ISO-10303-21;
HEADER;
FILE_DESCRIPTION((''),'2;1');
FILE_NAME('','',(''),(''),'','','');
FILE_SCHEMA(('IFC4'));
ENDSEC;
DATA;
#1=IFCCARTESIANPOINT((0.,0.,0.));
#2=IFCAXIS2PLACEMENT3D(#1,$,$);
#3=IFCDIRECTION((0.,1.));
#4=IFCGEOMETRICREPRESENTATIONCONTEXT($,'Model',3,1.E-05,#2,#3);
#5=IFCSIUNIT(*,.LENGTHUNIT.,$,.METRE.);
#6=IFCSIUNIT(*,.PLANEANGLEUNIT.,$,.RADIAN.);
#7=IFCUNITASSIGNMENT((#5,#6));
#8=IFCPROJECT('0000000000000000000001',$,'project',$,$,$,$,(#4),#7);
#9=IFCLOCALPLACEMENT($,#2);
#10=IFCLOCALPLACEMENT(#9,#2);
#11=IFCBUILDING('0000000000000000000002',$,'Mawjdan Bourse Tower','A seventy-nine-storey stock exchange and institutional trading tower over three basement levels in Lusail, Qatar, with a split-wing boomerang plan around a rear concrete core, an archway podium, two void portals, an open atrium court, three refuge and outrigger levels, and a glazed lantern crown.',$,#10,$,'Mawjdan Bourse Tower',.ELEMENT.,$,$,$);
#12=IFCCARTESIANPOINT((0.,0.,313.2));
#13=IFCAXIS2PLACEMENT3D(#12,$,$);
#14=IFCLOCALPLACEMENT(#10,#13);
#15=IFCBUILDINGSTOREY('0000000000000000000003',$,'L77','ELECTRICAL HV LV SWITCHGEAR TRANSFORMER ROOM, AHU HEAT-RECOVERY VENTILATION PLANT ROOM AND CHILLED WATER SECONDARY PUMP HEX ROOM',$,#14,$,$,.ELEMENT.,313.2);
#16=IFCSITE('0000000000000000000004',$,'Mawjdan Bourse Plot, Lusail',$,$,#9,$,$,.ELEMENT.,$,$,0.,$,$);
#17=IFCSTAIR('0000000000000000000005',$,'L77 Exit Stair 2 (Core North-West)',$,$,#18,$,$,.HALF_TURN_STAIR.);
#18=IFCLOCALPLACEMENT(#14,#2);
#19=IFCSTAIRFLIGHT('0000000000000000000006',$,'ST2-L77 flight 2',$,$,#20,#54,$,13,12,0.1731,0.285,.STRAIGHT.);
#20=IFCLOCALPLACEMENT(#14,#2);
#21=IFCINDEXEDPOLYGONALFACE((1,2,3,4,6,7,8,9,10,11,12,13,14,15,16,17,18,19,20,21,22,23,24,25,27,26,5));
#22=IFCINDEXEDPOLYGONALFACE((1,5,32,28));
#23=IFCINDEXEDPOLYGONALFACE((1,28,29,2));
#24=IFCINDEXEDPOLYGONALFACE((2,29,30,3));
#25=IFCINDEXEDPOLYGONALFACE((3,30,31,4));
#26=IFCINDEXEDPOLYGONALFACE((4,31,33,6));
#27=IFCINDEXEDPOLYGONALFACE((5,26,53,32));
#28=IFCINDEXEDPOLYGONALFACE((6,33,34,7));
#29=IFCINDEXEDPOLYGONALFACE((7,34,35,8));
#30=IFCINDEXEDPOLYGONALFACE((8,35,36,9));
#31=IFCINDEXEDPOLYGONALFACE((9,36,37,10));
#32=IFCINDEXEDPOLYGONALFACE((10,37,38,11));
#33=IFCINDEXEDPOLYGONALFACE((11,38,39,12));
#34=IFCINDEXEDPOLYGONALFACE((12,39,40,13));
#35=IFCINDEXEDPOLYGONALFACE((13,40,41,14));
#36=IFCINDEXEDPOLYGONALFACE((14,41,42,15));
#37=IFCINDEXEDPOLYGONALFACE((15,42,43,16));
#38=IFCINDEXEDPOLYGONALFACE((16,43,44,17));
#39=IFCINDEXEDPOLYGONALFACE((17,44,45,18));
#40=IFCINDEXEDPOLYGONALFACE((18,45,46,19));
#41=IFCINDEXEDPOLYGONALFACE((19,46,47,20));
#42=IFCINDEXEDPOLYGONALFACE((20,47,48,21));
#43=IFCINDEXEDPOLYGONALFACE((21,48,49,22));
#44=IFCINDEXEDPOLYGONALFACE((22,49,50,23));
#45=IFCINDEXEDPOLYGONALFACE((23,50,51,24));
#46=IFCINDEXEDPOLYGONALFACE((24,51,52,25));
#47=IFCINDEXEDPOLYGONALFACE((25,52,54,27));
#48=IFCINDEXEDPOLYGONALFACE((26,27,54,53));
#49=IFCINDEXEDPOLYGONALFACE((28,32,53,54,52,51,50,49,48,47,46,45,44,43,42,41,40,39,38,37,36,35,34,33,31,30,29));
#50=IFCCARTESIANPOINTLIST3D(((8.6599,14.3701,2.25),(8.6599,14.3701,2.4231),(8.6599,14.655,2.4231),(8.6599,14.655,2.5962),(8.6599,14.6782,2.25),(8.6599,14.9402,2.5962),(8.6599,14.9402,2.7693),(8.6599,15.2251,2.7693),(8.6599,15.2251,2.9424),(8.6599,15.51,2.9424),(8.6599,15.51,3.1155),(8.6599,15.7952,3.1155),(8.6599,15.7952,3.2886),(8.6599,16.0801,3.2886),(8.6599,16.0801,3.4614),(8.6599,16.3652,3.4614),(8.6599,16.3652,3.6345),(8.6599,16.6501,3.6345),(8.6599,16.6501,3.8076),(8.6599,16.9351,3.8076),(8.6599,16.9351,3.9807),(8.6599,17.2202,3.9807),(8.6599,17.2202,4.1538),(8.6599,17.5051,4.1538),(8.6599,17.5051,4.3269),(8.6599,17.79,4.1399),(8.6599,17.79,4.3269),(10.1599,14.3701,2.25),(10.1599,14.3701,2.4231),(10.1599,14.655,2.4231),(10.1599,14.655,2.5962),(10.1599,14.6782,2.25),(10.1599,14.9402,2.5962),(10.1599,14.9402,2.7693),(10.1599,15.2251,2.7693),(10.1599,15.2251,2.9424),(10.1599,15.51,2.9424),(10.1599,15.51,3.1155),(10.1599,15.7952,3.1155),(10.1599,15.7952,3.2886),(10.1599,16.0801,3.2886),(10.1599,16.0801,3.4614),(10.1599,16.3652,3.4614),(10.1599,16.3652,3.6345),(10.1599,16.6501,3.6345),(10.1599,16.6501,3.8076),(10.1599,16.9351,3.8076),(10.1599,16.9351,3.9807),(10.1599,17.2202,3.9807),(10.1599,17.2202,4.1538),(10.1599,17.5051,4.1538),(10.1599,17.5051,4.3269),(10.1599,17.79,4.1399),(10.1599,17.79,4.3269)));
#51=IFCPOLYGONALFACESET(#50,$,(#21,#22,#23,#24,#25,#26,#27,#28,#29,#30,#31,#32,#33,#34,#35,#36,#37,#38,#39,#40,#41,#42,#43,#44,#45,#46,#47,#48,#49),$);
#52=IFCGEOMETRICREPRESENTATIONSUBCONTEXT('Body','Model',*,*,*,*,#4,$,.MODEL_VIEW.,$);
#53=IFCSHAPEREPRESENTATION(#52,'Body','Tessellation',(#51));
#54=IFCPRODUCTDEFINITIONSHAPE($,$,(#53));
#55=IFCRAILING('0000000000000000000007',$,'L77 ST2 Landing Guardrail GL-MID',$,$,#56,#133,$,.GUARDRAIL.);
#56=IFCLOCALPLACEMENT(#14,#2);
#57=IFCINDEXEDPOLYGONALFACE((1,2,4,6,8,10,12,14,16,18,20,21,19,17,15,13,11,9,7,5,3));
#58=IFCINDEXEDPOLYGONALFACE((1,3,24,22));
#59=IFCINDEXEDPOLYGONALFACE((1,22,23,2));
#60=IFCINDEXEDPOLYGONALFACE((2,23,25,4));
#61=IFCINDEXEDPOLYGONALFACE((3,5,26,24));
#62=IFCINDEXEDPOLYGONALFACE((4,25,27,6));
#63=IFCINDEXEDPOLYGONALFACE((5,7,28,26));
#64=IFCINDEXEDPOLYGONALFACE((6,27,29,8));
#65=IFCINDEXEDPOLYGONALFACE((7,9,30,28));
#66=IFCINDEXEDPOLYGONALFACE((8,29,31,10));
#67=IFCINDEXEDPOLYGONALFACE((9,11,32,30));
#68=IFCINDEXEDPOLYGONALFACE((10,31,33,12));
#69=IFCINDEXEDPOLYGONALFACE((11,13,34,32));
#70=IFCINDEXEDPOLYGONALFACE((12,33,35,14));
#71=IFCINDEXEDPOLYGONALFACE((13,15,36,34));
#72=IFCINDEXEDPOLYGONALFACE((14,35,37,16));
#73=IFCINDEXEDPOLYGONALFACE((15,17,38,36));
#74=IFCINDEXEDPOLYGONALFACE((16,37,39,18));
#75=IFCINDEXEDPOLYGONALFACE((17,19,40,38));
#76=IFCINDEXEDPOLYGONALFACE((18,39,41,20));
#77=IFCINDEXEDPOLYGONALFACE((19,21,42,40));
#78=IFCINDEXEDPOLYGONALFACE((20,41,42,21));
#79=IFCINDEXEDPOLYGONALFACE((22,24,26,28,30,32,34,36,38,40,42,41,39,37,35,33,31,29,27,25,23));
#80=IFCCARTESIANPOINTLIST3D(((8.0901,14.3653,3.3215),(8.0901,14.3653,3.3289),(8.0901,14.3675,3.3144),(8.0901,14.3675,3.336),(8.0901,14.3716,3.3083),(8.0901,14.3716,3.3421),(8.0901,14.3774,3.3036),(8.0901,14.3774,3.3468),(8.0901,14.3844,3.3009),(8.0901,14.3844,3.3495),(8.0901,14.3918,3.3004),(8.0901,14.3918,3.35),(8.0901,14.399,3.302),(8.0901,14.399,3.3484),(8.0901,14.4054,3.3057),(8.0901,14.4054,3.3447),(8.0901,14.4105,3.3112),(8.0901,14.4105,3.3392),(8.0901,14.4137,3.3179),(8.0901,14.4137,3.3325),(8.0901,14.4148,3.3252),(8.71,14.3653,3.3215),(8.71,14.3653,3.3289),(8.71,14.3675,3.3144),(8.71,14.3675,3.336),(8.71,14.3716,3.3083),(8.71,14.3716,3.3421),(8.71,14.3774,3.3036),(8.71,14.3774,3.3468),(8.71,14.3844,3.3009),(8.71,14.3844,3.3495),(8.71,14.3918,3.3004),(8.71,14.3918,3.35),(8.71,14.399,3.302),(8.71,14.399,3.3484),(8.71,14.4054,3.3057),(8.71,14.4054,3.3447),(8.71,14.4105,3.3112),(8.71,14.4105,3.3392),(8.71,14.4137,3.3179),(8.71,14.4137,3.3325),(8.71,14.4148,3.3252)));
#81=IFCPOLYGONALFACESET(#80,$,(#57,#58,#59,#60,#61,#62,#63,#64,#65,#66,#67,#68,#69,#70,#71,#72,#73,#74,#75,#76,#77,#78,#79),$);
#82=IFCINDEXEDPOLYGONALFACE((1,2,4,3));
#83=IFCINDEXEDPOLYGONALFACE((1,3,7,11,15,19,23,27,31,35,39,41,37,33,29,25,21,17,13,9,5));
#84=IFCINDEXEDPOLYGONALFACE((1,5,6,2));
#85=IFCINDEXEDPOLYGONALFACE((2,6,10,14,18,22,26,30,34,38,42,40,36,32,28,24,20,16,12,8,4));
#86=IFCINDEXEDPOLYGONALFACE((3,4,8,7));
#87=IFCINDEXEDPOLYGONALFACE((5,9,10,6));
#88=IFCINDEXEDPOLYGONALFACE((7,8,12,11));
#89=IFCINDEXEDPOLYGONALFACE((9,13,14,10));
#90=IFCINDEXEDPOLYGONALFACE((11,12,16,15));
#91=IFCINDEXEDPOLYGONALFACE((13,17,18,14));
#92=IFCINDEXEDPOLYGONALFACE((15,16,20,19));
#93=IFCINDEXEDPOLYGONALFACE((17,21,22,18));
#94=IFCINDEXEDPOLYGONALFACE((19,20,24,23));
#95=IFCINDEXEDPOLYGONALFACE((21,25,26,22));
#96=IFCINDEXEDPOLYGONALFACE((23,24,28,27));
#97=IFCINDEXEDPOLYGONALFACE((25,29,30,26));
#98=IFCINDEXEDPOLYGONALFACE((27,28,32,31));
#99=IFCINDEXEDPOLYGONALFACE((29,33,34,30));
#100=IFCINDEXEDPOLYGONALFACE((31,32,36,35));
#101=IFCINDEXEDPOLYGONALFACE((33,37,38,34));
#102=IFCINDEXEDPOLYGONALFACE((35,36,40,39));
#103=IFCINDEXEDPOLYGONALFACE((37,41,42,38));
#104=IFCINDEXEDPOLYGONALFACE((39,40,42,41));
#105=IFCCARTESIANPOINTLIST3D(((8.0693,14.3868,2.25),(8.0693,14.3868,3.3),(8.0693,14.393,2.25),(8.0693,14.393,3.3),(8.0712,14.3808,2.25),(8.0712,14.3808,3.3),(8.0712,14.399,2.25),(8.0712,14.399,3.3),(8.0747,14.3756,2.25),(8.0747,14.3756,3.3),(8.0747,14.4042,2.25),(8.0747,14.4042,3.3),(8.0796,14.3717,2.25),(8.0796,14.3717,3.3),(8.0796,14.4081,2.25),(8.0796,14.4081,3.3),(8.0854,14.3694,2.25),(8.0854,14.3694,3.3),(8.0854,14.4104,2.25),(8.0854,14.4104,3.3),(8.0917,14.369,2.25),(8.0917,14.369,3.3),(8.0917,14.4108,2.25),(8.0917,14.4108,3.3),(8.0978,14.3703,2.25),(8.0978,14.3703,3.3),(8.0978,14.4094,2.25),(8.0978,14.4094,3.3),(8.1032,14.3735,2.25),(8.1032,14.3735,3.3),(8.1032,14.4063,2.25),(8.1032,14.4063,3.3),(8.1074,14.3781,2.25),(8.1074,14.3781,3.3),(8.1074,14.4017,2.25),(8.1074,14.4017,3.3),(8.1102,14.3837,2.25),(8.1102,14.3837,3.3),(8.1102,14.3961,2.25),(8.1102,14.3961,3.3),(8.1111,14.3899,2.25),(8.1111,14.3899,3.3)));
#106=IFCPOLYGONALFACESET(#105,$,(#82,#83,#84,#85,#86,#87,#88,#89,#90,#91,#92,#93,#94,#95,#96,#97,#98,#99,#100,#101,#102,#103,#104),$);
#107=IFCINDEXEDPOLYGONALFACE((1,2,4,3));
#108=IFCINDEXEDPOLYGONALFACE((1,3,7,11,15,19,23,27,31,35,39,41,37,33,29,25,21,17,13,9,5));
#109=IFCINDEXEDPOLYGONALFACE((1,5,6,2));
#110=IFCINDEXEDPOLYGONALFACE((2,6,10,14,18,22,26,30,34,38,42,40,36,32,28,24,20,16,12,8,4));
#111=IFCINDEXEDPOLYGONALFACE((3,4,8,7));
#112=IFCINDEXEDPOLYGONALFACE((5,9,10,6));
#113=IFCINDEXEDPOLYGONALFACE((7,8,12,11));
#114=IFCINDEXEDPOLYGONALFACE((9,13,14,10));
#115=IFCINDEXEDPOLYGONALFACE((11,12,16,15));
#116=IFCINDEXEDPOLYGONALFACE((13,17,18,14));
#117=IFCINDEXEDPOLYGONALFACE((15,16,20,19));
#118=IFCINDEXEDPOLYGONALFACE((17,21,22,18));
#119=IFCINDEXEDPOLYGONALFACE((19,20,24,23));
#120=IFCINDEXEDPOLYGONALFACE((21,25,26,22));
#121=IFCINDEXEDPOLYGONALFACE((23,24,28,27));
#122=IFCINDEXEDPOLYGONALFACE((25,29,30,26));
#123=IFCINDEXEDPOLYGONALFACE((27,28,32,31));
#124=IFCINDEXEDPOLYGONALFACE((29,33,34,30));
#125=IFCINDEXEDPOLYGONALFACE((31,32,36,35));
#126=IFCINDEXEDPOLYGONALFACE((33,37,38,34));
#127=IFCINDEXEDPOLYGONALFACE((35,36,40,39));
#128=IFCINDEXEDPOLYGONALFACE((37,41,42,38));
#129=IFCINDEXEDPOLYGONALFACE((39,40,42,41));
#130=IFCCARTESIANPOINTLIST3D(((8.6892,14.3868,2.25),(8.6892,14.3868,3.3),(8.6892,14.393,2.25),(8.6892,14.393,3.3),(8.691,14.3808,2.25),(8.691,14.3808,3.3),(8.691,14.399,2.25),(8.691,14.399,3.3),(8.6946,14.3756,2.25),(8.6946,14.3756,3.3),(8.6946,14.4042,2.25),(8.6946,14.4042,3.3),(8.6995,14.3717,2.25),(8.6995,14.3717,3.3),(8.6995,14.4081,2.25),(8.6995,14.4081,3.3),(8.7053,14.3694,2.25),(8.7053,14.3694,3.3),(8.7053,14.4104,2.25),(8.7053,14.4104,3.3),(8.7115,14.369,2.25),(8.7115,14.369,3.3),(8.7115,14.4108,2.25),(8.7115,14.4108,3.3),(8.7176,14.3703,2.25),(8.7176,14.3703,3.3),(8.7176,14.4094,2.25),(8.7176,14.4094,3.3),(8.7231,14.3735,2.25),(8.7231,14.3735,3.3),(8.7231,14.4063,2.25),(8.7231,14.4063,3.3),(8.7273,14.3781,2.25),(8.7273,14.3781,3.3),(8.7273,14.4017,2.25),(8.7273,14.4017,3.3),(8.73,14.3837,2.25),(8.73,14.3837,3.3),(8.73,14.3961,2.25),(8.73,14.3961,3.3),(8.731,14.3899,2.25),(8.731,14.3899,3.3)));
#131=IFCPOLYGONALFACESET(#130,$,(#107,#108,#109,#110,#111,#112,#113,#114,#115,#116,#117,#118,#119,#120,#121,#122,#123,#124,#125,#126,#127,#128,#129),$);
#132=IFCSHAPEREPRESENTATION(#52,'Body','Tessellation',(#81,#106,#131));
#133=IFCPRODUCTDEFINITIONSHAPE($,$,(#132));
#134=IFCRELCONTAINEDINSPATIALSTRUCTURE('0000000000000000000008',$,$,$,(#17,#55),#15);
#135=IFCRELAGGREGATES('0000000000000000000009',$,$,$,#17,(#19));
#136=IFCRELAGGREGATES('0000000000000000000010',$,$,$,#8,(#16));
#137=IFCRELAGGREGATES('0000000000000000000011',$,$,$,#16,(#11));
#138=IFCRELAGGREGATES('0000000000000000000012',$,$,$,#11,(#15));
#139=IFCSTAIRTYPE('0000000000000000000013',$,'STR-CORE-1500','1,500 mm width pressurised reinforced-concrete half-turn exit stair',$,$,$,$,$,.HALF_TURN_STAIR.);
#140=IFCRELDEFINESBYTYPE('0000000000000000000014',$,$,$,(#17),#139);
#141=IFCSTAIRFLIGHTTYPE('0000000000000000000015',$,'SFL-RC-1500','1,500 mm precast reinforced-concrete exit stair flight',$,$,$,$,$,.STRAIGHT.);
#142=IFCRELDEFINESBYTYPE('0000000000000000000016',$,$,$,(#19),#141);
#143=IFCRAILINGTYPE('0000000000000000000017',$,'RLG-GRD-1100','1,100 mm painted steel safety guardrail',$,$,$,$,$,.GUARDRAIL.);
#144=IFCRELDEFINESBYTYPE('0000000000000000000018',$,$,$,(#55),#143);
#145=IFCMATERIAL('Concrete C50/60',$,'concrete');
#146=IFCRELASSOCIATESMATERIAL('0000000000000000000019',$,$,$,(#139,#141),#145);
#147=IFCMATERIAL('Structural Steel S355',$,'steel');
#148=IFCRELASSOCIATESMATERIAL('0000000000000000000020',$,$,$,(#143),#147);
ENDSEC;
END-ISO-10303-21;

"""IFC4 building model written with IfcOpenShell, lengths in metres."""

from ifc_helpers import new_model, si_unit, direction, frame, origin, origin_2d, place, context, subcontext, project, spatial, polyline, circle, outline, extrude, material, type_object, element, aggregate, save


model = new_model("IFC4")

# Units and contexts
model_context = context("Model", 3, precision=1e-05, world=origin(), true_north=direction((0.0, 1.0)))
body_context = subcontext(model_context, "Body", "Model", "MODEL_VIEW")
ifc_project = project(units=[si_unit("LENGTHUNIT", "METRE"), si_unit("PLANEANGLEUNIT", "RADIAN")], contexts=[model_context])

# Site, building, storey
site_placement = place(None, origin())
site = spatial("IfcSite", under=ifc_project, at=site_placement, Name="Mawjdan Bourse Plot, Lusail", CompositionType="ELEMENT", RefElevation=0.0)
building_placement = place(site_placement, origin())
building = spatial("IfcBuilding", under=site, at=building_placement, Name="Mawjdan Bourse Tower", Description="A seventy-nine-storey stock exchange and institutional trading tower over three basement levels in Lusail, Qatar, with a split-wing boomerang plan around a rear concrete core, an archway podium, two void portals, an open atrium court, three refuge and outrigger levels, and a glazed lantern crown.", LongName="Mawjdan Bourse Tower", CompositionType="ELEMENT")
storey_placement = place(building_placement, frame((0.0, 0.0, 313.2)))
storey = spatial("IfcBuildingStorey", under=building, at=storey_placement, Name="L77", Description="ELECTRICAL HV LV SWITCHGEAR TRANSFORMER ROOM, AHU HEAT-RECOVERY VENTILATION PLANT ROOM AND CHILLED WATER SECONDARY PUMP HEX ROOM", CompositionType="ELEMENT", Elevation=313.2)

# Shared definitions
ifc_material_1 = material(Name="Structural Steel S355", Category="steel")

# Shared definitions
ifc_material_2 = material(Name="Concrete C50/60", Category="concrete")

# Stair, stair flight
stair_type = type_object("IfcStairType", Name="STR-CORE-1500", Description="1,500 mm width pressurised reinforced-concrete half-turn exit stair", PredefinedType="HALF_TURN_STAIR", material=ifc_material_2)
stair_placement = place(storey_placement, origin())
stair = element("IfcStair", 1, at=stair_placement, inside=storey, type_object=stair_type, Name="L77 Exit Stair 2 (Core North-West)", PredefinedType="HALF_TURN_STAIR")
stair_flight_type = type_object("IfcStairFlightType", Name="SFL-RC-1500", Description="1,500 mm precast reinforced-concrete exit stair flight", PredefinedType="STRAIGHT", material=ifc_material_2)
stair_flight_placement = place(storey_placement, frame((9.4099, 14.3701, 2.25), z_axis=(0.0, 0.0, 1.0), x_axis=(0.0, 1.0, 0.0)))
stair_flight = element("IfcStairFlight", 2, at=stair_flight_placement, type_object=stair_flight_type, Name="ST2-L77 flight 2", NumberOfRisers=13, NumberOfTreads=12, PredefinedType="STRAIGHT", RiserHeight=0.1731, TreadLength=0.285, context=body_context, shape_type="SweptSolid", body=[
    extrude(outline(polyline([(0.0, 0.0), (0.0, 0.1731), (0.2849, 0.1731), (0.2849, 0.3462), (0.5701, 0.3462), (0.5701, 0.5193), (0.855, 0.5193), (0.855, 0.6924), (1.1399, 0.6924), (1.1399, 0.8655), (1.425, 0.8655), (1.425, 1.0386), (1.71, 1.0386), (1.71, 1.2114), (1.9951, 1.2114), (1.9951, 1.3845), (2.28, 1.3845), (2.28, 1.5576), (2.5649, 1.5576), (2.5649, 1.7307), (2.8501, 1.7307), (2.8501, 1.9038), (3.135, 1.9038), (3.135, 2.0769), (3.4199, 2.0769), (3.4199, 2.25), (3.4199, 1.8899), (0.3081, 0.0), (0.0, 0.0)])), frame((0.0, 0.75, 0.0), z_axis=(0.0, -1.0, 0.0), x_axis=(1.0, 0.0, 0.0)), (0.0, 0.0, 1.0), 1.5),
])
aggregate(stair, [stair_flight])

# Railing
railing_type_1 = type_object("IfcRailingType", Name="RLG-GRD-1100", Description="1,100 mm painted steel safety guardrail", PredefinedType="GUARDRAIL", material=ifc_material_1)
railing_1_placement = place(storey_placement, frame((8.0901, 14.3899, 2.25)))
element("IfcRailing", 3, at=railing_1_placement, inside=storey, type_object=railing_type_1, Name="L77 ST2 Landing Guardrail GL-MID", PredefinedType="GUARDRAIL", context=body_context, shape_type="SweptSolid", body=[
    extrude(circle(Radius=0.0249, at=origin_2d()), frame((0.0, 0.0, 1.0752), z_axis=(1.0, 0.0, 0.0), x_axis=(0.0, 1.0, 0.0)), (0.0, 0.0, 1.0), 0.6199),
    extrude(circle(Radius=0.021, at=origin_2d()), origin(), (0.0, 0.0, 1.0), 1.05),
    extrude(circle(Radius=0.021, at=origin_2d()), frame((0.6199, 0.0, 0.0)), (0.0, 0.0, 1.0), 1.05),
])

save(model, "model.ifc")
